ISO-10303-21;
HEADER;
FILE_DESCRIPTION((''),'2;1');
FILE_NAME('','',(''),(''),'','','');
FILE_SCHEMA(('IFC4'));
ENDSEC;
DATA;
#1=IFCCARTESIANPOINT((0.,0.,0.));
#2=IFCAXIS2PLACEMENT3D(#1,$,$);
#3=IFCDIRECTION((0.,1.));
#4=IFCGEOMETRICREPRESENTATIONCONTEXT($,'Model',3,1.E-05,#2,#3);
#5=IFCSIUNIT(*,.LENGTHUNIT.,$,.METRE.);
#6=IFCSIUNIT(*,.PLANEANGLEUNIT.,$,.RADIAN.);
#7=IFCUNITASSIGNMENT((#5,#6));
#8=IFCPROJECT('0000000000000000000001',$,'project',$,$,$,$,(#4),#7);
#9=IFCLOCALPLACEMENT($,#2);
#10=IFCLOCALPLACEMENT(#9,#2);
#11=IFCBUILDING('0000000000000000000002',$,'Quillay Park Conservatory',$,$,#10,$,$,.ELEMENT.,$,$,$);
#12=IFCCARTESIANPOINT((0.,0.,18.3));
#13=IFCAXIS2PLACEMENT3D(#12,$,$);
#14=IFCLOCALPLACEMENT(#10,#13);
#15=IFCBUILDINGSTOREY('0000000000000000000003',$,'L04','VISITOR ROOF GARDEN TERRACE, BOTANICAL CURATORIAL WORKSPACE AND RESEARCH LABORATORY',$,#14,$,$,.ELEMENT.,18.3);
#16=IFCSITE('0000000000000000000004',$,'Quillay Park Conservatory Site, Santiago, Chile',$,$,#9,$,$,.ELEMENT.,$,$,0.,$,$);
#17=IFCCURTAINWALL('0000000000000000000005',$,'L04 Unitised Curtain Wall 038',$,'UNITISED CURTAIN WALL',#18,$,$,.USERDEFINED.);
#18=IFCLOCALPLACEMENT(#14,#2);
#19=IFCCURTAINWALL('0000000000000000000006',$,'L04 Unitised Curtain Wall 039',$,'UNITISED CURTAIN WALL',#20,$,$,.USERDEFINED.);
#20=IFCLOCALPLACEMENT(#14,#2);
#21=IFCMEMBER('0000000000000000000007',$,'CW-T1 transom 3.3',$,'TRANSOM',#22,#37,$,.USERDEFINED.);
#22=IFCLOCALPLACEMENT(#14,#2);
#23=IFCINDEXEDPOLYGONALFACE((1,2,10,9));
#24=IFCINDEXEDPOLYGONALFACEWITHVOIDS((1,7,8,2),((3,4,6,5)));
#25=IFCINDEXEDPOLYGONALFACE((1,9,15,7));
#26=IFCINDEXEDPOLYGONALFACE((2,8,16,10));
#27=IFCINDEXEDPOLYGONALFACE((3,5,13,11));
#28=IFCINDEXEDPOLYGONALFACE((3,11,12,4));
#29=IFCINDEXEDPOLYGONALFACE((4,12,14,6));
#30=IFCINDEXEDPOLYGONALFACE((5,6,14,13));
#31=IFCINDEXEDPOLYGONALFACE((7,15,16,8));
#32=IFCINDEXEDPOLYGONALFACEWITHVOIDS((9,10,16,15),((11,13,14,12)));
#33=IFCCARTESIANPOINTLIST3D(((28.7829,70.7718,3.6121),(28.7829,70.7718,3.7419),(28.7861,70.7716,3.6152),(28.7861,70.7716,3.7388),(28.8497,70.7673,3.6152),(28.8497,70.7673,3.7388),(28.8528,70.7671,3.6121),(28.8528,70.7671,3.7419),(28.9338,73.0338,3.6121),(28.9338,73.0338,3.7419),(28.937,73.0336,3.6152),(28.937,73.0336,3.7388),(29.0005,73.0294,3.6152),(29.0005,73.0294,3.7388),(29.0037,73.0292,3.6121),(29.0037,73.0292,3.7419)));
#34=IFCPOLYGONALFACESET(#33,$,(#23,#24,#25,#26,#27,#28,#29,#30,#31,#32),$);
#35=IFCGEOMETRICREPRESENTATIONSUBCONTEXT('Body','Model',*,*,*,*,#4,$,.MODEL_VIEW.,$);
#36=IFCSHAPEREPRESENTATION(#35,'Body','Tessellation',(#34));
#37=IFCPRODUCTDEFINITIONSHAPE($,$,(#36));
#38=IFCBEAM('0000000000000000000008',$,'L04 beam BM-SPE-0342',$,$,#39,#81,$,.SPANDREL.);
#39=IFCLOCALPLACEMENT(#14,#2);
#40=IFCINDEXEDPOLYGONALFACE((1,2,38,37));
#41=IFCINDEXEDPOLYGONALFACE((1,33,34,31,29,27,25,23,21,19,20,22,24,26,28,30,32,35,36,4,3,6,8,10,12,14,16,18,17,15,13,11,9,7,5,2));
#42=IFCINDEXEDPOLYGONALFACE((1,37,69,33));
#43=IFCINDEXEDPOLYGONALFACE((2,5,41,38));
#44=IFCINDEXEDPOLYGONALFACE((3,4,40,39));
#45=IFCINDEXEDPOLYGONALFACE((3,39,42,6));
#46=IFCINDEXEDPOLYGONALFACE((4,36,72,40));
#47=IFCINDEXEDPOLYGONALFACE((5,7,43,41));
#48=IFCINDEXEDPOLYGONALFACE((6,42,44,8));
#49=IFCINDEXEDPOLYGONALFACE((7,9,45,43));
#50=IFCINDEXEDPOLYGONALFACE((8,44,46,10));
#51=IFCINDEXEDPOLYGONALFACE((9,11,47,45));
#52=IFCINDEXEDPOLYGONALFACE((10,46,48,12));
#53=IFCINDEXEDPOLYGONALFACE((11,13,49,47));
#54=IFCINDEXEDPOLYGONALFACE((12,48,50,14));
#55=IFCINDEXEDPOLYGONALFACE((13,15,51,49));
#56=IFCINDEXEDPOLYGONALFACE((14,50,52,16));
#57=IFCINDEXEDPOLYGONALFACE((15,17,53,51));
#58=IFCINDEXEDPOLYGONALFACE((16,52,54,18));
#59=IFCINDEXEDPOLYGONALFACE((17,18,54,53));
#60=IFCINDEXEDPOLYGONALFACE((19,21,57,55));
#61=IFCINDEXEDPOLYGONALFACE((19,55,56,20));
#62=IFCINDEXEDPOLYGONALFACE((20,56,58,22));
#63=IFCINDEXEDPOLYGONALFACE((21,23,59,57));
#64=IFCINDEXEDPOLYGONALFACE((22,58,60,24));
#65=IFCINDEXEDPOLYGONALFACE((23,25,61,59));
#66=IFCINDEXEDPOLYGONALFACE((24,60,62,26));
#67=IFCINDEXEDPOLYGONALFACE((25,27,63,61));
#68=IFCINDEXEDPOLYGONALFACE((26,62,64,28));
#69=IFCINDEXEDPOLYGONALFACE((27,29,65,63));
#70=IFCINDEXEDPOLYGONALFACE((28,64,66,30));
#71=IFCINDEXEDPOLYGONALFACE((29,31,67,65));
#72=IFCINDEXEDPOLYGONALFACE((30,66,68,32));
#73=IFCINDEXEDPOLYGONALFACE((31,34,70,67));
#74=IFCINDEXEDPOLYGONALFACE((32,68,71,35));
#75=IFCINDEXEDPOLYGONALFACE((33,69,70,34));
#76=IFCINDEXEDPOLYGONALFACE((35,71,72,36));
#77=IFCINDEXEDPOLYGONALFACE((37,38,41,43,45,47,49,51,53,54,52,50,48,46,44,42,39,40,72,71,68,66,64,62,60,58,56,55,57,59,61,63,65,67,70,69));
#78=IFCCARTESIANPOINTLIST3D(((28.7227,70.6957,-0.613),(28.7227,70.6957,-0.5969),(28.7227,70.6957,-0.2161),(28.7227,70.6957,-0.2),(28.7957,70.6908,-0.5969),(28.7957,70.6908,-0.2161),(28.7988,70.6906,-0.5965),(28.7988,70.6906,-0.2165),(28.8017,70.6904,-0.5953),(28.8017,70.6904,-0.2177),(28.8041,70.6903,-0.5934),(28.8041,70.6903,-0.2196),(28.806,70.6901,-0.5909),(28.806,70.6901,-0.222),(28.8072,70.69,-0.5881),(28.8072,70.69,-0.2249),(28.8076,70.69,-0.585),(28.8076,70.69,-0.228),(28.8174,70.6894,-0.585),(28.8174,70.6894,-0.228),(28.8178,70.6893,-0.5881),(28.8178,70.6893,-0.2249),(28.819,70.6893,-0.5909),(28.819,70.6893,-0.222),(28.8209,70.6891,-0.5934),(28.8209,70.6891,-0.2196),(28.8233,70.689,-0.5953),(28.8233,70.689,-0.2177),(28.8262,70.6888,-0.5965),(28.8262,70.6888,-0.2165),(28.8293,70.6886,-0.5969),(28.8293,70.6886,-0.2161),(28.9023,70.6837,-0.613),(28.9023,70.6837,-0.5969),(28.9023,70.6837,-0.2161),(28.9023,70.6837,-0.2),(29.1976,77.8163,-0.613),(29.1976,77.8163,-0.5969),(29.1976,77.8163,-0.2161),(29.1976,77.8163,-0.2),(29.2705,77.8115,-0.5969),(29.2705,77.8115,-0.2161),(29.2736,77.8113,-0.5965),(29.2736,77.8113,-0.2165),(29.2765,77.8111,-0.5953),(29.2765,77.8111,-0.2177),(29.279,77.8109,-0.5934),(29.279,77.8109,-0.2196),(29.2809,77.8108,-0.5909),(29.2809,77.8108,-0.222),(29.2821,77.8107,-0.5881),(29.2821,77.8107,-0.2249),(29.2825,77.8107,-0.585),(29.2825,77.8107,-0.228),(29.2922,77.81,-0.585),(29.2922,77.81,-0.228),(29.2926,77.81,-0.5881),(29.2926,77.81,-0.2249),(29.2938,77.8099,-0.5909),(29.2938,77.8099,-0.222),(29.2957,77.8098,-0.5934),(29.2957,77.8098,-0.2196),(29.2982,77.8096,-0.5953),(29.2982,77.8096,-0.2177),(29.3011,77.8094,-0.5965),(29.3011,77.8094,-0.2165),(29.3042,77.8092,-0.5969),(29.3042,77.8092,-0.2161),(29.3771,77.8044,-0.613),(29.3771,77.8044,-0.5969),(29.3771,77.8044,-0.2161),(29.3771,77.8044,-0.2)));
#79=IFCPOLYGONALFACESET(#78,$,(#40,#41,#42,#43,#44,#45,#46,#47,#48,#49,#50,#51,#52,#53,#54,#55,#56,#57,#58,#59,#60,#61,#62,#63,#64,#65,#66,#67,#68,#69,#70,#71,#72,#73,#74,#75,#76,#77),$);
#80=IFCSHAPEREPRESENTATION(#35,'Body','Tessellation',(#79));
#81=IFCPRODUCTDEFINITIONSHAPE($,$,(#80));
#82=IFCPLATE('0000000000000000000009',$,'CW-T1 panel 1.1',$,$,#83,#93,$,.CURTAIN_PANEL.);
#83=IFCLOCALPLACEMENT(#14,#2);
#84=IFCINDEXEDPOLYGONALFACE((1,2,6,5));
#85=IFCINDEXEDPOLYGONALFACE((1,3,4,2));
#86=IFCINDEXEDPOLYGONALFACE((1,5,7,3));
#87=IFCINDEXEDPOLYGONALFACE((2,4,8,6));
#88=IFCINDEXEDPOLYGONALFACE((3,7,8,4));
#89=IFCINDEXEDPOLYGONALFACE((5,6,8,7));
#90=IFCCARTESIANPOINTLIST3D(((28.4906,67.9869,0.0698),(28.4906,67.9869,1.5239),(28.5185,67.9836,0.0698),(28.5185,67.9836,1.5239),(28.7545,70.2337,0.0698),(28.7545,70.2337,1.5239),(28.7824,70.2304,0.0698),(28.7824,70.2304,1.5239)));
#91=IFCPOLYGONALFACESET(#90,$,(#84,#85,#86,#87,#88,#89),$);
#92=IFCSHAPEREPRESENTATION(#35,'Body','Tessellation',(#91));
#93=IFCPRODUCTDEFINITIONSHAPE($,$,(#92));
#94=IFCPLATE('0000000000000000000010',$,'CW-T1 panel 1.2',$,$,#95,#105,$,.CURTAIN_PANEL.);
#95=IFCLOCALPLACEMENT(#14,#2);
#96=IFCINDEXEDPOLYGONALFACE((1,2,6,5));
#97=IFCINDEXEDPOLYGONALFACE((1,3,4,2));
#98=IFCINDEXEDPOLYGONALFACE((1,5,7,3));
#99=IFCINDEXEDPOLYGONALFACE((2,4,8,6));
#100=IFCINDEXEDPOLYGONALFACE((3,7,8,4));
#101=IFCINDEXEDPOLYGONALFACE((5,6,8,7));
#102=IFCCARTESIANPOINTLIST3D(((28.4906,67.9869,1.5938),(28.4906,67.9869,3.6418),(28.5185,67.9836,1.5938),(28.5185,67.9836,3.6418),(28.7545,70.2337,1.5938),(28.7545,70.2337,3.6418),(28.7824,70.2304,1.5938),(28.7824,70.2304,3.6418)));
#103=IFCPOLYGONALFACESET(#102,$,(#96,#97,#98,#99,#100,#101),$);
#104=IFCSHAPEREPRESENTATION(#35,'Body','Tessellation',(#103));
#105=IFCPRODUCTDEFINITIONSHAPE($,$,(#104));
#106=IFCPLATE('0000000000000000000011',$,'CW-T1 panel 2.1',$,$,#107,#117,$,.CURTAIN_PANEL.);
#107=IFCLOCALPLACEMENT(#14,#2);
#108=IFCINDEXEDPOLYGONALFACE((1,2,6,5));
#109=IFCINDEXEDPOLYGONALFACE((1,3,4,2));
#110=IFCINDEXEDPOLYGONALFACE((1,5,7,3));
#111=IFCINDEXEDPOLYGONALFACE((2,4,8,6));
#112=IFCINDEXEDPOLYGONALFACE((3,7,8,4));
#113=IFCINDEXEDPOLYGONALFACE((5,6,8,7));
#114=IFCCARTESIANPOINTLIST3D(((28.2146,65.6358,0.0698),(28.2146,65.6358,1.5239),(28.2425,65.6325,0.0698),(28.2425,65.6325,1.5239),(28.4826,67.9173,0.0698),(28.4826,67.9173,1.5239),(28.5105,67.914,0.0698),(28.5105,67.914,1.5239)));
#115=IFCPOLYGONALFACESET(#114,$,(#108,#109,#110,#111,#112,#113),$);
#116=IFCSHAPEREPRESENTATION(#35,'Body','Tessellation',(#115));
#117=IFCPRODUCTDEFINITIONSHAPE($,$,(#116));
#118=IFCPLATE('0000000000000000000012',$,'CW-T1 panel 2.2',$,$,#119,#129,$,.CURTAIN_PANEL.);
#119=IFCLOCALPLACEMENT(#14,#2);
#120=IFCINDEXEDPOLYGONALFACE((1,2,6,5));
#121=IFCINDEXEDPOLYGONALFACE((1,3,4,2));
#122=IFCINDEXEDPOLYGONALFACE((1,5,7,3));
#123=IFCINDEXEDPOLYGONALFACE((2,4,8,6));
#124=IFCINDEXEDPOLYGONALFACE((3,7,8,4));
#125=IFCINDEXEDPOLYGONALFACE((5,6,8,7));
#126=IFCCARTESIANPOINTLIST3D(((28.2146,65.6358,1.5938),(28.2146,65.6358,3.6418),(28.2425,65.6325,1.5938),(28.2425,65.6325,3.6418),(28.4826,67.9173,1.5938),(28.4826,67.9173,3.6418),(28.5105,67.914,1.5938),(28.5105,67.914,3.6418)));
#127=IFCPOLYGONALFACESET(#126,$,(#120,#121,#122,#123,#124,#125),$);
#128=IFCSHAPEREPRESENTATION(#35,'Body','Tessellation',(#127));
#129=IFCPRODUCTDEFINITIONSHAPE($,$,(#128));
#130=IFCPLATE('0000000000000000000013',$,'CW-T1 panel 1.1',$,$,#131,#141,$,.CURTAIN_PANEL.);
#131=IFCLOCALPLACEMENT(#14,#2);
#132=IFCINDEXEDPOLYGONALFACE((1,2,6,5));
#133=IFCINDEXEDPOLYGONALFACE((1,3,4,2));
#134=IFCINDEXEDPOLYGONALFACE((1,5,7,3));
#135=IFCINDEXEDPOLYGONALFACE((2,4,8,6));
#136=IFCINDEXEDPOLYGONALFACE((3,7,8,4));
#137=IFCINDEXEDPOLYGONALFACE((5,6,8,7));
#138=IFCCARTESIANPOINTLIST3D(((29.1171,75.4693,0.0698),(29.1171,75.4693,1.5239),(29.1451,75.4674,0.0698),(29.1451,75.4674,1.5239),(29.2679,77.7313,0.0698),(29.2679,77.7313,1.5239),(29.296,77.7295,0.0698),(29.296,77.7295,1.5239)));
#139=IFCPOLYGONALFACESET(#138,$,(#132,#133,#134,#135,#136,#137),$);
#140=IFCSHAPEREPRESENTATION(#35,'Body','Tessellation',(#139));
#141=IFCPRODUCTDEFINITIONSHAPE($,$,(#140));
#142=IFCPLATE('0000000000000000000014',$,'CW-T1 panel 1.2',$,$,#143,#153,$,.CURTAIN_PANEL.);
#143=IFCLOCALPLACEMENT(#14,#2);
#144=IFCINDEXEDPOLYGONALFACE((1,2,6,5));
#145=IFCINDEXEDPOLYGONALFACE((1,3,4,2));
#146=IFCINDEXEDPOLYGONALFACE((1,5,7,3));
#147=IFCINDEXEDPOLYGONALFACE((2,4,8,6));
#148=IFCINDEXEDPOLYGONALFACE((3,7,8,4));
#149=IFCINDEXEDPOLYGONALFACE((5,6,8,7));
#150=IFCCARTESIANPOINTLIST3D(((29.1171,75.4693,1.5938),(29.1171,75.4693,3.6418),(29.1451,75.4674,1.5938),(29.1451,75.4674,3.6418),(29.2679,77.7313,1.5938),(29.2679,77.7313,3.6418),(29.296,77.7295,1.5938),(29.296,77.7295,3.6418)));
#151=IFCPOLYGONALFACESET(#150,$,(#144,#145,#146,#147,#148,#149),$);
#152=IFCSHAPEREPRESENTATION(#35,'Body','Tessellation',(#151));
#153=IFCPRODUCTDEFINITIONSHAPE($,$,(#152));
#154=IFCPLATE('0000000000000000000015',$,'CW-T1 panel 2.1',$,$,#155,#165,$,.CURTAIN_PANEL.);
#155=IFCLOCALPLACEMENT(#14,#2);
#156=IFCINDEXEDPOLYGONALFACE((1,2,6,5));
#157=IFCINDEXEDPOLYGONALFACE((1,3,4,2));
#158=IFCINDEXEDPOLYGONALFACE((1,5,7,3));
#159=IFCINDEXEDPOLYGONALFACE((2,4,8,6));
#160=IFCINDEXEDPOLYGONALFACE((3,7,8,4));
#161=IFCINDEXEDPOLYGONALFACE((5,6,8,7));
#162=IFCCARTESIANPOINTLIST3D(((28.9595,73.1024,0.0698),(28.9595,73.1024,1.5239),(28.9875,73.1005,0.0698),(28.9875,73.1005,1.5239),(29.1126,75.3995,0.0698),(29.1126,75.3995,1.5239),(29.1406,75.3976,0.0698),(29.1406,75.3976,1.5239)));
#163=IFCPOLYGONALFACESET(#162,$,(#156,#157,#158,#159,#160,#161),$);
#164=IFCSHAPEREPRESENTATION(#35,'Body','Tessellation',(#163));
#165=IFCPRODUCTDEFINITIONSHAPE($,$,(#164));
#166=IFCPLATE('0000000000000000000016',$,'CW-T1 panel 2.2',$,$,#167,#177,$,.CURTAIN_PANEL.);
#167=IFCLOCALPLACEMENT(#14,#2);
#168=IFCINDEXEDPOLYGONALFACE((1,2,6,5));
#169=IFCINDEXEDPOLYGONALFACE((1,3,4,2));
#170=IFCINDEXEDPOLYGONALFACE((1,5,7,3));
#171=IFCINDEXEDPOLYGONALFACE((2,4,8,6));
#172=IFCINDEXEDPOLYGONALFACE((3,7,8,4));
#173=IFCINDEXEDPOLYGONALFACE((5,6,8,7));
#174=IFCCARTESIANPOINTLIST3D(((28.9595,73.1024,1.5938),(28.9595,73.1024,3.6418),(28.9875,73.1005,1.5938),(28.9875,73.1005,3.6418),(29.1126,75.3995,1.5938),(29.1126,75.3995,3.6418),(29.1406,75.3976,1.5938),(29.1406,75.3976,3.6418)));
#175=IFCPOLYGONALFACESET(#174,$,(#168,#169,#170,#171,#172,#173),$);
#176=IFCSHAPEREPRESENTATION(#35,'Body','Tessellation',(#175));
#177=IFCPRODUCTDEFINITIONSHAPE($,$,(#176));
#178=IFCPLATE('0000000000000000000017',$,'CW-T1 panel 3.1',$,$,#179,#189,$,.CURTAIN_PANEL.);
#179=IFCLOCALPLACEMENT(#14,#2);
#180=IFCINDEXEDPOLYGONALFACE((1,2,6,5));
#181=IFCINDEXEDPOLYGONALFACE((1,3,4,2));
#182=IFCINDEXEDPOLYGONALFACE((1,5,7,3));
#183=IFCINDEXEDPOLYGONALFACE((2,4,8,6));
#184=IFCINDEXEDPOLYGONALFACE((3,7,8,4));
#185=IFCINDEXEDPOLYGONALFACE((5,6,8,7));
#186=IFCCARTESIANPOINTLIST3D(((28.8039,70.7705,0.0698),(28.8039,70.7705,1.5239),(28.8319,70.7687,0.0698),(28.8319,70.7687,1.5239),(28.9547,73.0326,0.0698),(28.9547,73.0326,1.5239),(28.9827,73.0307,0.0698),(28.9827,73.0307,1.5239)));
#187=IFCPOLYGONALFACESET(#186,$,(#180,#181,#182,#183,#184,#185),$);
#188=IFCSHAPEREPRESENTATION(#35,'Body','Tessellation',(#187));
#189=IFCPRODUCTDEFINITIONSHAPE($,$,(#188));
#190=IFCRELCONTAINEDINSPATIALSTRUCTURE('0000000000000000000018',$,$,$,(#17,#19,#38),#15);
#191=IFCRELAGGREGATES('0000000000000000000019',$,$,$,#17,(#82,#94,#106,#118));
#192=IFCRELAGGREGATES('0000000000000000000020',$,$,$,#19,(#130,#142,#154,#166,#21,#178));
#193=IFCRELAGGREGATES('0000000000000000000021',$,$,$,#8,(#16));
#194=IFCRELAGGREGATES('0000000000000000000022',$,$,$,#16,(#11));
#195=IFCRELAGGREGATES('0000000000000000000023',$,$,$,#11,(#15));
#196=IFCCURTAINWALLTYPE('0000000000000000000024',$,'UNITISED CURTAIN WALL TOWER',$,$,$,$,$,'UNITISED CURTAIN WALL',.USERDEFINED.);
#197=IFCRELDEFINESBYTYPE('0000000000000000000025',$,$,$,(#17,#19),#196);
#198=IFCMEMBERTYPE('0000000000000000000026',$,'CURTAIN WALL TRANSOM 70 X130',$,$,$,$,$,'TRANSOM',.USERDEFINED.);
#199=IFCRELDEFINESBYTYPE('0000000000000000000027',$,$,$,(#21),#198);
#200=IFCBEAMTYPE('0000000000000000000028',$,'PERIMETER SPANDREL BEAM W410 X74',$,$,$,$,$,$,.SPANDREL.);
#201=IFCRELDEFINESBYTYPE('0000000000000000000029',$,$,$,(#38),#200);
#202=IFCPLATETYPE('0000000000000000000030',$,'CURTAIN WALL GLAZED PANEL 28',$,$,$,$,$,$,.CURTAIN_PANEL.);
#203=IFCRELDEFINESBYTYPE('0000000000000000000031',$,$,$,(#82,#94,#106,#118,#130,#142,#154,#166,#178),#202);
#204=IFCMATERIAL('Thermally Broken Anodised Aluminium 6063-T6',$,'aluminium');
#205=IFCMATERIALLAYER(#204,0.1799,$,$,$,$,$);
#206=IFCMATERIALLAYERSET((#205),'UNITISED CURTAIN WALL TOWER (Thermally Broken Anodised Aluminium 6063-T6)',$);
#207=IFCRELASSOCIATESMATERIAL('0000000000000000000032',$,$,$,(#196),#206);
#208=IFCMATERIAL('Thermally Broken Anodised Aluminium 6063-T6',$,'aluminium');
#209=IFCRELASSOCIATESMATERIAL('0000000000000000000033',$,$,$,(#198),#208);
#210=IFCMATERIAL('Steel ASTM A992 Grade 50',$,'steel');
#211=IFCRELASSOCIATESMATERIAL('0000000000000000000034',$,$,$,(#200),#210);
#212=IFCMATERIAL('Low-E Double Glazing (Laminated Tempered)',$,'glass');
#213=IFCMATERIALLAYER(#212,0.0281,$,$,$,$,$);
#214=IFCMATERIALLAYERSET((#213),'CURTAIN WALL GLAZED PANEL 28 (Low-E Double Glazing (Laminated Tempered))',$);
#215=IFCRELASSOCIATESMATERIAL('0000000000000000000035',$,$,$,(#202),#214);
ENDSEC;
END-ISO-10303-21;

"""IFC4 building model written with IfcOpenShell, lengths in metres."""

from ifc_helpers import new_model, si_unit, direction, frame, origin, origin_2d, place, context, subcontext, project, spatial, rectangle, hollow_rectangle, i_section, extrude, material, layer, layer_set, material_profile, profile_set, type_object, element, aggregate, save


model = new_model("IFC4")

# Units and contexts
model_context = context("Model", 3, precision=1e-05, world=origin(), true_north=direction((0.0, 1.0)))
body_context = subcontext(model_context, "Body", "Model", "MODEL_VIEW")
ifc_project = project(units=[si_unit("LENGTHUNIT", "METRE"), si_unit("PLANEANGLEUNIT", "RADIAN")], contexts=[model_context])

# Site, building, storey
site_placement = place(None, origin())
site = spatial("IfcSite", under=ifc_project, at=site_placement, Name="Quillay Park Conservatory Site, Santiago, Chile", CompositionType="ELEMENT", RefElevation=0.0)
building_placement = place(site_placement, origin())
building = spatial("IfcBuilding", under=site, at=building_placement, Name="Quillay Park Conservatory", CompositionType="ELEMENT")
storey_placement = place(building_placement, frame((0.0, 0.0, 18.3)))
storey = spatial("IfcBuildingStorey", under=building, at=storey_placement, Name="L04", Description="VISITOR ROOF GARDEN TERRACE, BOTANICAL CURATORIAL WORKSPACE AND RESEARCH LABORATORY", CompositionType="ELEMENT", Elevation=18.3)

# Curtain walls
ifc_material_1 = material(Name="Thermally Broken Anodised Aluminium 6063-T6", Category="aluminium")
ifc_layer_1 = layer(ifc_material_1, 0.1799)
ifc_layer_set_1 = layer_set([ifc_layer_1], Name="UNITISED CURTAIN WALL TOWER (Thermally Broken Anodised Aluminium 6063-T6)")
curtain_wall_type = type_object("IfcCurtainWallType", Name="UNITISED CURTAIN WALL TOWER", ElementType="UNITISED CURTAIN WALL", PredefinedType="USERDEFINED", material=ifc_layer_set_1)
curtain_wall_1_placement = place(storey_placement, origin())
curtain_wall_1 = element("IfcCurtainWall", 1, at=curtain_wall_1_placement, inside=storey, type_object=curtain_wall_type, Name="L04 Unitised Curtain Wall 038", ObjectType="UNITISED CURTAIN WALL", PredefinedType="USERDEFINED")
curtain_wall_2_placement = place(storey_placement, origin())
curtain_wall_2 = element("IfcCurtainWall", 2, at=curtain_wall_2_placement, inside=storey, type_object=curtain_wall_type, Name="L04 Unitised Curtain Wall 039", ObjectType="UNITISED CURTAIN WALL", PredefinedType="USERDEFINED")

# Member
ifc_material_2 = material(Name="Thermally Broken Anodised Aluminium 6063-T6", Category="aluminium")
ifc_material_profile_1 = material_profile(ifc_material_2, hollow_rectangle(XDim=0.0701, YDim=0.1299, WallThickness=0.0032, at=origin_2d()), Name="AL70x130x3.2")
ifc_profile_set_1 = profile_set([ifc_material_profile_1], Name="Thermally Broken Anodised Aluminium 6063-T6")
member_type_1 = type_object("IfcMemberType", Name="CURTAIN WALL TRANSOM 70 X130", ElementType="TRANSOM", PredefinedType="USERDEFINED", material=ifc_profile_set_1)
member_1_placement = place(storey_placement, frame((28.9688, 73.0315, 3.677), z_axis=(-0.066555, -0.997783, 0.0), x_axis=(0.997783, -0.066555, 0.0)))
member_1 = element("IfcMember", 3, at=member_1_placement, type_object=member_type_1, Name="CW-T1 transom 3.3", ObjectType="TRANSOM", PredefinedType="USERDEFINED", context=body_context, shape_type="SweptSolid", body=[
    extrude(hollow_rectangle(XDim=0.0701, YDim=0.1299, WallThickness=0.0032, at=origin_2d()), origin(), (0.0, 0.0, 1.0), 2.2671),
])

# Beam
ifc_material_3 = material(Name="Steel ASTM A992 Grade 50", Category="steel")
ifc_material_profile_2 = material_profile(ifc_material_3, i_section(OverallWidth=0.1799, OverallDepth=0.4131, WebThickness=0.0098, FlangeThickness=0.0161, FilletRadius=0.012, at=origin_2d()), Name="W410x74")
ifc_profile_set_2 = profile_set([ifc_material_profile_2], Name="Steel ASTM A992 Grade 50")
beam_type = type_object("IfcBeamType", Name="PERIMETER SPANDREL BEAM W410 X74", PredefinedType="SPANDREL", material=ifc_profile_set_2)
beam_placement = place(storey_placement, frame((28.8125, 70.6897, -0.4065), z_axis=(0.066539, 0.997784, 0.0), x_axis=(-0.997784, 0.066539, 0.0)))
element("IfcBeam", 4, at=beam_placement, inside=storey, type_object=beam_type, Name="L04 beam BM-SPE-0342", PredefinedType="SPANDREL", context=body_context, shape_type="SweptSolid", body=[
    extrude(i_section(OverallWidth=0.1799, OverallDepth=0.4131, WebThickness=0.0098, FlangeThickness=0.0161, FilletRadius=0.012, at=origin_2d()), origin(), (0.0, 0.0, 1.0), 7.1365),
])

# Plates
ifc_material_4 = material(Name="Low-E Double Glazing (Laminated Tempered)", Category="glass")
ifc_layer_2 = layer(ifc_material_4, 0.0281)
ifc_layer_set_2 = layer_set([ifc_layer_2], Name="CURTAIN WALL GLAZED PANEL 28 (Low-E Double Glazing (Laminated Tempered))")
plate_type = type_object("IfcPlateType", Name="CURTAIN WALL GLAZED PANEL 28", PredefinedType="CURTAIN_PANEL", material=ifc_layer_set_2)
plate_1_placement = place(storey_placement, frame((28.6365, 69.1086, 0.0698), z_axis=(0.0, 0.0, 1.0), x_axis=(-0.116655, -0.993173, 0.0)))
plate_1 = element("IfcPlate", 5, at=plate_1_placement, type_object=plate_type, Name="CW-T1 panel 1.1", PredefinedType="CURTAIN_PANEL", context=body_context, shape_type="SweptSolid", body=[
    extrude(rectangle(XDim=2.2622, YDim=0.0281, at=origin_2d()), origin(), (0.0, 0.0, 1.0), 1.4541),
])
plate_2_placement = place(storey_placement, frame((28.6365, 69.1086, 1.5938), z_axis=(0.0, 0.0, 1.0), x_axis=(-0.116655, -0.993173, 0.0)))
plate_2 = element("IfcPlate", 6, at=plate_2_placement, type_object=plate_type, Name="CW-T1 panel 1.2", PredefinedType="CURTAIN_PANEL", context=body_context, shape_type="SweptSolid", body=[
    extrude(rectangle(XDim=2.2622, YDim=0.0281, at=origin_2d()), origin(), (0.0, 0.0, 1.0), 2.0481),
])
plate_3_placement = place(storey_placement, frame((28.3625, 66.7749, 0.0698), z_axis=(0.0, 0.0, 1.0), x_axis=(-0.116655, -0.993173, 0.0)))
plate_3 = element("IfcPlate", 7, at=plate_3_placement, type_object=plate_type, Name="CW-T1 panel 2.1", PredefinedType="CURTAIN_PANEL", context=body_context, shape_type="SweptSolid", body=[
    extrude(rectangle(XDim=2.2971, YDim=0.0281, at=origin_2d()), origin(), (0.0, 0.0, 1.0), 1.4541),
])
plate_4_placement = place(storey_placement, frame((28.3625, 66.7749, 1.5938), z_axis=(0.0, 0.0, 1.0), x_axis=(-0.116655, -0.993173, 0.0)))
plate_4 = element("IfcPlate", 8, at=plate_4_placement, type_object=plate_type, Name="CW-T1 panel 2.2", PredefinedType="CURTAIN_PANEL", context=body_context, shape_type="SweptSolid", body=[
    extrude(rectangle(XDim=2.2971, YDim=0.0281, at=origin_2d()), origin(), (0.0, 0.0, 1.0), 2.0481),
])
aggregate(curtain_wall_1, [plate_1, plate_2, plate_3, plate_4])
plate_5_placement = place(storey_placement, frame((29.2065, 76.5994, 0.0698), z_axis=(0.0, 0.0, 1.0), x_axis=(-0.066521, -0.997785, 0.0)))
plate_5 = element("IfcPlate", 9, at=plate_5_placement, type_object=plate_type, Name="CW-T1 panel 1.1", PredefinedType="CURTAIN_PANEL", context=body_context, shape_type="SweptSolid", body=[
    extrude(rectangle(XDim=2.2671, YDim=0.0281, at=origin_2d()), origin(), (0.0, 0.0, 1.0), 1.4541),
])
plate_6_placement = place(storey_placement, frame((29.2065, 76.5994, 1.5938), z_axis=(0.0, 0.0, 1.0), x_axis=(-0.066521, -0.997785, 0.0)))
plate_6 = element("IfcPlate", 10, at=plate_6_placement, type_object=plate_type, Name="CW-T1 panel 1.2", PredefinedType="CURTAIN_PANEL", context=body_context, shape_type="SweptSolid", body=[
    extrude(rectangle(XDim=2.2671, YDim=0.0281, at=origin_2d()), origin(), (0.0, 0.0, 1.0), 2.0481),
])
plate_7_placement = place(storey_placement, frame((29.05, 74.25, 0.0698), z_axis=(0.0, 0.0, 1.0), x_axis=(-0.066521, -0.997785, 0.0)))
plate_7 = element("IfcPlate", 11, at=plate_7_placement, type_object=plate_type, Name="CW-T1 panel 2.1", PredefinedType="CURTAIN_PANEL", context=body_context, shape_type="SweptSolid", body=[
    extrude(rectangle(XDim=2.3022, YDim=0.0281, at=origin_2d()), origin(), (0.0, 0.0, 1.0), 1.4541),
])
plate_8_placement = place(storey_placement, frame((29.05, 74.25, 1.5938), z_axis=(0.0, 0.0, 1.0), x_axis=(-0.066521, -0.997785, 0.0)))
plate_8 = element("IfcPlate", 12, at=plate_8_placement, type_object=plate_type, Name="CW-T1 panel 2.2", PredefinedType="CURTAIN_PANEL", context=body_context, shape_type="SweptSolid", body=[
    extrude(rectangle(XDim=2.3022, YDim=0.0281, at=origin_2d()), origin(), (0.0, 0.0, 1.0), 2.0481),
])
plate_9_placement = place(storey_placement, frame((28.8933, 71.9006, 0.0698), z_axis=(0.0, 0.0, 1.0), x_axis=(-0.066521, -0.997785, 0.0)))
plate_9 = element("IfcPlate", 13, at=plate_9_placement, type_object=plate_type, Name="CW-T1 panel 3.1", PredefinedType="CURTAIN_PANEL", context=body_context, shape_type="SweptSolid", body=[
    extrude(rectangle(XDim=2.2671, YDim=0.0281, at=origin_2d()), origin(), (0.0, 0.0, 1.0), 1.4541),
])
aggregate(curtain_wall_2, [plate_5, plate_6, plate_7, plate_8, member_1, plate_9])

save(model, "model.ifc")
